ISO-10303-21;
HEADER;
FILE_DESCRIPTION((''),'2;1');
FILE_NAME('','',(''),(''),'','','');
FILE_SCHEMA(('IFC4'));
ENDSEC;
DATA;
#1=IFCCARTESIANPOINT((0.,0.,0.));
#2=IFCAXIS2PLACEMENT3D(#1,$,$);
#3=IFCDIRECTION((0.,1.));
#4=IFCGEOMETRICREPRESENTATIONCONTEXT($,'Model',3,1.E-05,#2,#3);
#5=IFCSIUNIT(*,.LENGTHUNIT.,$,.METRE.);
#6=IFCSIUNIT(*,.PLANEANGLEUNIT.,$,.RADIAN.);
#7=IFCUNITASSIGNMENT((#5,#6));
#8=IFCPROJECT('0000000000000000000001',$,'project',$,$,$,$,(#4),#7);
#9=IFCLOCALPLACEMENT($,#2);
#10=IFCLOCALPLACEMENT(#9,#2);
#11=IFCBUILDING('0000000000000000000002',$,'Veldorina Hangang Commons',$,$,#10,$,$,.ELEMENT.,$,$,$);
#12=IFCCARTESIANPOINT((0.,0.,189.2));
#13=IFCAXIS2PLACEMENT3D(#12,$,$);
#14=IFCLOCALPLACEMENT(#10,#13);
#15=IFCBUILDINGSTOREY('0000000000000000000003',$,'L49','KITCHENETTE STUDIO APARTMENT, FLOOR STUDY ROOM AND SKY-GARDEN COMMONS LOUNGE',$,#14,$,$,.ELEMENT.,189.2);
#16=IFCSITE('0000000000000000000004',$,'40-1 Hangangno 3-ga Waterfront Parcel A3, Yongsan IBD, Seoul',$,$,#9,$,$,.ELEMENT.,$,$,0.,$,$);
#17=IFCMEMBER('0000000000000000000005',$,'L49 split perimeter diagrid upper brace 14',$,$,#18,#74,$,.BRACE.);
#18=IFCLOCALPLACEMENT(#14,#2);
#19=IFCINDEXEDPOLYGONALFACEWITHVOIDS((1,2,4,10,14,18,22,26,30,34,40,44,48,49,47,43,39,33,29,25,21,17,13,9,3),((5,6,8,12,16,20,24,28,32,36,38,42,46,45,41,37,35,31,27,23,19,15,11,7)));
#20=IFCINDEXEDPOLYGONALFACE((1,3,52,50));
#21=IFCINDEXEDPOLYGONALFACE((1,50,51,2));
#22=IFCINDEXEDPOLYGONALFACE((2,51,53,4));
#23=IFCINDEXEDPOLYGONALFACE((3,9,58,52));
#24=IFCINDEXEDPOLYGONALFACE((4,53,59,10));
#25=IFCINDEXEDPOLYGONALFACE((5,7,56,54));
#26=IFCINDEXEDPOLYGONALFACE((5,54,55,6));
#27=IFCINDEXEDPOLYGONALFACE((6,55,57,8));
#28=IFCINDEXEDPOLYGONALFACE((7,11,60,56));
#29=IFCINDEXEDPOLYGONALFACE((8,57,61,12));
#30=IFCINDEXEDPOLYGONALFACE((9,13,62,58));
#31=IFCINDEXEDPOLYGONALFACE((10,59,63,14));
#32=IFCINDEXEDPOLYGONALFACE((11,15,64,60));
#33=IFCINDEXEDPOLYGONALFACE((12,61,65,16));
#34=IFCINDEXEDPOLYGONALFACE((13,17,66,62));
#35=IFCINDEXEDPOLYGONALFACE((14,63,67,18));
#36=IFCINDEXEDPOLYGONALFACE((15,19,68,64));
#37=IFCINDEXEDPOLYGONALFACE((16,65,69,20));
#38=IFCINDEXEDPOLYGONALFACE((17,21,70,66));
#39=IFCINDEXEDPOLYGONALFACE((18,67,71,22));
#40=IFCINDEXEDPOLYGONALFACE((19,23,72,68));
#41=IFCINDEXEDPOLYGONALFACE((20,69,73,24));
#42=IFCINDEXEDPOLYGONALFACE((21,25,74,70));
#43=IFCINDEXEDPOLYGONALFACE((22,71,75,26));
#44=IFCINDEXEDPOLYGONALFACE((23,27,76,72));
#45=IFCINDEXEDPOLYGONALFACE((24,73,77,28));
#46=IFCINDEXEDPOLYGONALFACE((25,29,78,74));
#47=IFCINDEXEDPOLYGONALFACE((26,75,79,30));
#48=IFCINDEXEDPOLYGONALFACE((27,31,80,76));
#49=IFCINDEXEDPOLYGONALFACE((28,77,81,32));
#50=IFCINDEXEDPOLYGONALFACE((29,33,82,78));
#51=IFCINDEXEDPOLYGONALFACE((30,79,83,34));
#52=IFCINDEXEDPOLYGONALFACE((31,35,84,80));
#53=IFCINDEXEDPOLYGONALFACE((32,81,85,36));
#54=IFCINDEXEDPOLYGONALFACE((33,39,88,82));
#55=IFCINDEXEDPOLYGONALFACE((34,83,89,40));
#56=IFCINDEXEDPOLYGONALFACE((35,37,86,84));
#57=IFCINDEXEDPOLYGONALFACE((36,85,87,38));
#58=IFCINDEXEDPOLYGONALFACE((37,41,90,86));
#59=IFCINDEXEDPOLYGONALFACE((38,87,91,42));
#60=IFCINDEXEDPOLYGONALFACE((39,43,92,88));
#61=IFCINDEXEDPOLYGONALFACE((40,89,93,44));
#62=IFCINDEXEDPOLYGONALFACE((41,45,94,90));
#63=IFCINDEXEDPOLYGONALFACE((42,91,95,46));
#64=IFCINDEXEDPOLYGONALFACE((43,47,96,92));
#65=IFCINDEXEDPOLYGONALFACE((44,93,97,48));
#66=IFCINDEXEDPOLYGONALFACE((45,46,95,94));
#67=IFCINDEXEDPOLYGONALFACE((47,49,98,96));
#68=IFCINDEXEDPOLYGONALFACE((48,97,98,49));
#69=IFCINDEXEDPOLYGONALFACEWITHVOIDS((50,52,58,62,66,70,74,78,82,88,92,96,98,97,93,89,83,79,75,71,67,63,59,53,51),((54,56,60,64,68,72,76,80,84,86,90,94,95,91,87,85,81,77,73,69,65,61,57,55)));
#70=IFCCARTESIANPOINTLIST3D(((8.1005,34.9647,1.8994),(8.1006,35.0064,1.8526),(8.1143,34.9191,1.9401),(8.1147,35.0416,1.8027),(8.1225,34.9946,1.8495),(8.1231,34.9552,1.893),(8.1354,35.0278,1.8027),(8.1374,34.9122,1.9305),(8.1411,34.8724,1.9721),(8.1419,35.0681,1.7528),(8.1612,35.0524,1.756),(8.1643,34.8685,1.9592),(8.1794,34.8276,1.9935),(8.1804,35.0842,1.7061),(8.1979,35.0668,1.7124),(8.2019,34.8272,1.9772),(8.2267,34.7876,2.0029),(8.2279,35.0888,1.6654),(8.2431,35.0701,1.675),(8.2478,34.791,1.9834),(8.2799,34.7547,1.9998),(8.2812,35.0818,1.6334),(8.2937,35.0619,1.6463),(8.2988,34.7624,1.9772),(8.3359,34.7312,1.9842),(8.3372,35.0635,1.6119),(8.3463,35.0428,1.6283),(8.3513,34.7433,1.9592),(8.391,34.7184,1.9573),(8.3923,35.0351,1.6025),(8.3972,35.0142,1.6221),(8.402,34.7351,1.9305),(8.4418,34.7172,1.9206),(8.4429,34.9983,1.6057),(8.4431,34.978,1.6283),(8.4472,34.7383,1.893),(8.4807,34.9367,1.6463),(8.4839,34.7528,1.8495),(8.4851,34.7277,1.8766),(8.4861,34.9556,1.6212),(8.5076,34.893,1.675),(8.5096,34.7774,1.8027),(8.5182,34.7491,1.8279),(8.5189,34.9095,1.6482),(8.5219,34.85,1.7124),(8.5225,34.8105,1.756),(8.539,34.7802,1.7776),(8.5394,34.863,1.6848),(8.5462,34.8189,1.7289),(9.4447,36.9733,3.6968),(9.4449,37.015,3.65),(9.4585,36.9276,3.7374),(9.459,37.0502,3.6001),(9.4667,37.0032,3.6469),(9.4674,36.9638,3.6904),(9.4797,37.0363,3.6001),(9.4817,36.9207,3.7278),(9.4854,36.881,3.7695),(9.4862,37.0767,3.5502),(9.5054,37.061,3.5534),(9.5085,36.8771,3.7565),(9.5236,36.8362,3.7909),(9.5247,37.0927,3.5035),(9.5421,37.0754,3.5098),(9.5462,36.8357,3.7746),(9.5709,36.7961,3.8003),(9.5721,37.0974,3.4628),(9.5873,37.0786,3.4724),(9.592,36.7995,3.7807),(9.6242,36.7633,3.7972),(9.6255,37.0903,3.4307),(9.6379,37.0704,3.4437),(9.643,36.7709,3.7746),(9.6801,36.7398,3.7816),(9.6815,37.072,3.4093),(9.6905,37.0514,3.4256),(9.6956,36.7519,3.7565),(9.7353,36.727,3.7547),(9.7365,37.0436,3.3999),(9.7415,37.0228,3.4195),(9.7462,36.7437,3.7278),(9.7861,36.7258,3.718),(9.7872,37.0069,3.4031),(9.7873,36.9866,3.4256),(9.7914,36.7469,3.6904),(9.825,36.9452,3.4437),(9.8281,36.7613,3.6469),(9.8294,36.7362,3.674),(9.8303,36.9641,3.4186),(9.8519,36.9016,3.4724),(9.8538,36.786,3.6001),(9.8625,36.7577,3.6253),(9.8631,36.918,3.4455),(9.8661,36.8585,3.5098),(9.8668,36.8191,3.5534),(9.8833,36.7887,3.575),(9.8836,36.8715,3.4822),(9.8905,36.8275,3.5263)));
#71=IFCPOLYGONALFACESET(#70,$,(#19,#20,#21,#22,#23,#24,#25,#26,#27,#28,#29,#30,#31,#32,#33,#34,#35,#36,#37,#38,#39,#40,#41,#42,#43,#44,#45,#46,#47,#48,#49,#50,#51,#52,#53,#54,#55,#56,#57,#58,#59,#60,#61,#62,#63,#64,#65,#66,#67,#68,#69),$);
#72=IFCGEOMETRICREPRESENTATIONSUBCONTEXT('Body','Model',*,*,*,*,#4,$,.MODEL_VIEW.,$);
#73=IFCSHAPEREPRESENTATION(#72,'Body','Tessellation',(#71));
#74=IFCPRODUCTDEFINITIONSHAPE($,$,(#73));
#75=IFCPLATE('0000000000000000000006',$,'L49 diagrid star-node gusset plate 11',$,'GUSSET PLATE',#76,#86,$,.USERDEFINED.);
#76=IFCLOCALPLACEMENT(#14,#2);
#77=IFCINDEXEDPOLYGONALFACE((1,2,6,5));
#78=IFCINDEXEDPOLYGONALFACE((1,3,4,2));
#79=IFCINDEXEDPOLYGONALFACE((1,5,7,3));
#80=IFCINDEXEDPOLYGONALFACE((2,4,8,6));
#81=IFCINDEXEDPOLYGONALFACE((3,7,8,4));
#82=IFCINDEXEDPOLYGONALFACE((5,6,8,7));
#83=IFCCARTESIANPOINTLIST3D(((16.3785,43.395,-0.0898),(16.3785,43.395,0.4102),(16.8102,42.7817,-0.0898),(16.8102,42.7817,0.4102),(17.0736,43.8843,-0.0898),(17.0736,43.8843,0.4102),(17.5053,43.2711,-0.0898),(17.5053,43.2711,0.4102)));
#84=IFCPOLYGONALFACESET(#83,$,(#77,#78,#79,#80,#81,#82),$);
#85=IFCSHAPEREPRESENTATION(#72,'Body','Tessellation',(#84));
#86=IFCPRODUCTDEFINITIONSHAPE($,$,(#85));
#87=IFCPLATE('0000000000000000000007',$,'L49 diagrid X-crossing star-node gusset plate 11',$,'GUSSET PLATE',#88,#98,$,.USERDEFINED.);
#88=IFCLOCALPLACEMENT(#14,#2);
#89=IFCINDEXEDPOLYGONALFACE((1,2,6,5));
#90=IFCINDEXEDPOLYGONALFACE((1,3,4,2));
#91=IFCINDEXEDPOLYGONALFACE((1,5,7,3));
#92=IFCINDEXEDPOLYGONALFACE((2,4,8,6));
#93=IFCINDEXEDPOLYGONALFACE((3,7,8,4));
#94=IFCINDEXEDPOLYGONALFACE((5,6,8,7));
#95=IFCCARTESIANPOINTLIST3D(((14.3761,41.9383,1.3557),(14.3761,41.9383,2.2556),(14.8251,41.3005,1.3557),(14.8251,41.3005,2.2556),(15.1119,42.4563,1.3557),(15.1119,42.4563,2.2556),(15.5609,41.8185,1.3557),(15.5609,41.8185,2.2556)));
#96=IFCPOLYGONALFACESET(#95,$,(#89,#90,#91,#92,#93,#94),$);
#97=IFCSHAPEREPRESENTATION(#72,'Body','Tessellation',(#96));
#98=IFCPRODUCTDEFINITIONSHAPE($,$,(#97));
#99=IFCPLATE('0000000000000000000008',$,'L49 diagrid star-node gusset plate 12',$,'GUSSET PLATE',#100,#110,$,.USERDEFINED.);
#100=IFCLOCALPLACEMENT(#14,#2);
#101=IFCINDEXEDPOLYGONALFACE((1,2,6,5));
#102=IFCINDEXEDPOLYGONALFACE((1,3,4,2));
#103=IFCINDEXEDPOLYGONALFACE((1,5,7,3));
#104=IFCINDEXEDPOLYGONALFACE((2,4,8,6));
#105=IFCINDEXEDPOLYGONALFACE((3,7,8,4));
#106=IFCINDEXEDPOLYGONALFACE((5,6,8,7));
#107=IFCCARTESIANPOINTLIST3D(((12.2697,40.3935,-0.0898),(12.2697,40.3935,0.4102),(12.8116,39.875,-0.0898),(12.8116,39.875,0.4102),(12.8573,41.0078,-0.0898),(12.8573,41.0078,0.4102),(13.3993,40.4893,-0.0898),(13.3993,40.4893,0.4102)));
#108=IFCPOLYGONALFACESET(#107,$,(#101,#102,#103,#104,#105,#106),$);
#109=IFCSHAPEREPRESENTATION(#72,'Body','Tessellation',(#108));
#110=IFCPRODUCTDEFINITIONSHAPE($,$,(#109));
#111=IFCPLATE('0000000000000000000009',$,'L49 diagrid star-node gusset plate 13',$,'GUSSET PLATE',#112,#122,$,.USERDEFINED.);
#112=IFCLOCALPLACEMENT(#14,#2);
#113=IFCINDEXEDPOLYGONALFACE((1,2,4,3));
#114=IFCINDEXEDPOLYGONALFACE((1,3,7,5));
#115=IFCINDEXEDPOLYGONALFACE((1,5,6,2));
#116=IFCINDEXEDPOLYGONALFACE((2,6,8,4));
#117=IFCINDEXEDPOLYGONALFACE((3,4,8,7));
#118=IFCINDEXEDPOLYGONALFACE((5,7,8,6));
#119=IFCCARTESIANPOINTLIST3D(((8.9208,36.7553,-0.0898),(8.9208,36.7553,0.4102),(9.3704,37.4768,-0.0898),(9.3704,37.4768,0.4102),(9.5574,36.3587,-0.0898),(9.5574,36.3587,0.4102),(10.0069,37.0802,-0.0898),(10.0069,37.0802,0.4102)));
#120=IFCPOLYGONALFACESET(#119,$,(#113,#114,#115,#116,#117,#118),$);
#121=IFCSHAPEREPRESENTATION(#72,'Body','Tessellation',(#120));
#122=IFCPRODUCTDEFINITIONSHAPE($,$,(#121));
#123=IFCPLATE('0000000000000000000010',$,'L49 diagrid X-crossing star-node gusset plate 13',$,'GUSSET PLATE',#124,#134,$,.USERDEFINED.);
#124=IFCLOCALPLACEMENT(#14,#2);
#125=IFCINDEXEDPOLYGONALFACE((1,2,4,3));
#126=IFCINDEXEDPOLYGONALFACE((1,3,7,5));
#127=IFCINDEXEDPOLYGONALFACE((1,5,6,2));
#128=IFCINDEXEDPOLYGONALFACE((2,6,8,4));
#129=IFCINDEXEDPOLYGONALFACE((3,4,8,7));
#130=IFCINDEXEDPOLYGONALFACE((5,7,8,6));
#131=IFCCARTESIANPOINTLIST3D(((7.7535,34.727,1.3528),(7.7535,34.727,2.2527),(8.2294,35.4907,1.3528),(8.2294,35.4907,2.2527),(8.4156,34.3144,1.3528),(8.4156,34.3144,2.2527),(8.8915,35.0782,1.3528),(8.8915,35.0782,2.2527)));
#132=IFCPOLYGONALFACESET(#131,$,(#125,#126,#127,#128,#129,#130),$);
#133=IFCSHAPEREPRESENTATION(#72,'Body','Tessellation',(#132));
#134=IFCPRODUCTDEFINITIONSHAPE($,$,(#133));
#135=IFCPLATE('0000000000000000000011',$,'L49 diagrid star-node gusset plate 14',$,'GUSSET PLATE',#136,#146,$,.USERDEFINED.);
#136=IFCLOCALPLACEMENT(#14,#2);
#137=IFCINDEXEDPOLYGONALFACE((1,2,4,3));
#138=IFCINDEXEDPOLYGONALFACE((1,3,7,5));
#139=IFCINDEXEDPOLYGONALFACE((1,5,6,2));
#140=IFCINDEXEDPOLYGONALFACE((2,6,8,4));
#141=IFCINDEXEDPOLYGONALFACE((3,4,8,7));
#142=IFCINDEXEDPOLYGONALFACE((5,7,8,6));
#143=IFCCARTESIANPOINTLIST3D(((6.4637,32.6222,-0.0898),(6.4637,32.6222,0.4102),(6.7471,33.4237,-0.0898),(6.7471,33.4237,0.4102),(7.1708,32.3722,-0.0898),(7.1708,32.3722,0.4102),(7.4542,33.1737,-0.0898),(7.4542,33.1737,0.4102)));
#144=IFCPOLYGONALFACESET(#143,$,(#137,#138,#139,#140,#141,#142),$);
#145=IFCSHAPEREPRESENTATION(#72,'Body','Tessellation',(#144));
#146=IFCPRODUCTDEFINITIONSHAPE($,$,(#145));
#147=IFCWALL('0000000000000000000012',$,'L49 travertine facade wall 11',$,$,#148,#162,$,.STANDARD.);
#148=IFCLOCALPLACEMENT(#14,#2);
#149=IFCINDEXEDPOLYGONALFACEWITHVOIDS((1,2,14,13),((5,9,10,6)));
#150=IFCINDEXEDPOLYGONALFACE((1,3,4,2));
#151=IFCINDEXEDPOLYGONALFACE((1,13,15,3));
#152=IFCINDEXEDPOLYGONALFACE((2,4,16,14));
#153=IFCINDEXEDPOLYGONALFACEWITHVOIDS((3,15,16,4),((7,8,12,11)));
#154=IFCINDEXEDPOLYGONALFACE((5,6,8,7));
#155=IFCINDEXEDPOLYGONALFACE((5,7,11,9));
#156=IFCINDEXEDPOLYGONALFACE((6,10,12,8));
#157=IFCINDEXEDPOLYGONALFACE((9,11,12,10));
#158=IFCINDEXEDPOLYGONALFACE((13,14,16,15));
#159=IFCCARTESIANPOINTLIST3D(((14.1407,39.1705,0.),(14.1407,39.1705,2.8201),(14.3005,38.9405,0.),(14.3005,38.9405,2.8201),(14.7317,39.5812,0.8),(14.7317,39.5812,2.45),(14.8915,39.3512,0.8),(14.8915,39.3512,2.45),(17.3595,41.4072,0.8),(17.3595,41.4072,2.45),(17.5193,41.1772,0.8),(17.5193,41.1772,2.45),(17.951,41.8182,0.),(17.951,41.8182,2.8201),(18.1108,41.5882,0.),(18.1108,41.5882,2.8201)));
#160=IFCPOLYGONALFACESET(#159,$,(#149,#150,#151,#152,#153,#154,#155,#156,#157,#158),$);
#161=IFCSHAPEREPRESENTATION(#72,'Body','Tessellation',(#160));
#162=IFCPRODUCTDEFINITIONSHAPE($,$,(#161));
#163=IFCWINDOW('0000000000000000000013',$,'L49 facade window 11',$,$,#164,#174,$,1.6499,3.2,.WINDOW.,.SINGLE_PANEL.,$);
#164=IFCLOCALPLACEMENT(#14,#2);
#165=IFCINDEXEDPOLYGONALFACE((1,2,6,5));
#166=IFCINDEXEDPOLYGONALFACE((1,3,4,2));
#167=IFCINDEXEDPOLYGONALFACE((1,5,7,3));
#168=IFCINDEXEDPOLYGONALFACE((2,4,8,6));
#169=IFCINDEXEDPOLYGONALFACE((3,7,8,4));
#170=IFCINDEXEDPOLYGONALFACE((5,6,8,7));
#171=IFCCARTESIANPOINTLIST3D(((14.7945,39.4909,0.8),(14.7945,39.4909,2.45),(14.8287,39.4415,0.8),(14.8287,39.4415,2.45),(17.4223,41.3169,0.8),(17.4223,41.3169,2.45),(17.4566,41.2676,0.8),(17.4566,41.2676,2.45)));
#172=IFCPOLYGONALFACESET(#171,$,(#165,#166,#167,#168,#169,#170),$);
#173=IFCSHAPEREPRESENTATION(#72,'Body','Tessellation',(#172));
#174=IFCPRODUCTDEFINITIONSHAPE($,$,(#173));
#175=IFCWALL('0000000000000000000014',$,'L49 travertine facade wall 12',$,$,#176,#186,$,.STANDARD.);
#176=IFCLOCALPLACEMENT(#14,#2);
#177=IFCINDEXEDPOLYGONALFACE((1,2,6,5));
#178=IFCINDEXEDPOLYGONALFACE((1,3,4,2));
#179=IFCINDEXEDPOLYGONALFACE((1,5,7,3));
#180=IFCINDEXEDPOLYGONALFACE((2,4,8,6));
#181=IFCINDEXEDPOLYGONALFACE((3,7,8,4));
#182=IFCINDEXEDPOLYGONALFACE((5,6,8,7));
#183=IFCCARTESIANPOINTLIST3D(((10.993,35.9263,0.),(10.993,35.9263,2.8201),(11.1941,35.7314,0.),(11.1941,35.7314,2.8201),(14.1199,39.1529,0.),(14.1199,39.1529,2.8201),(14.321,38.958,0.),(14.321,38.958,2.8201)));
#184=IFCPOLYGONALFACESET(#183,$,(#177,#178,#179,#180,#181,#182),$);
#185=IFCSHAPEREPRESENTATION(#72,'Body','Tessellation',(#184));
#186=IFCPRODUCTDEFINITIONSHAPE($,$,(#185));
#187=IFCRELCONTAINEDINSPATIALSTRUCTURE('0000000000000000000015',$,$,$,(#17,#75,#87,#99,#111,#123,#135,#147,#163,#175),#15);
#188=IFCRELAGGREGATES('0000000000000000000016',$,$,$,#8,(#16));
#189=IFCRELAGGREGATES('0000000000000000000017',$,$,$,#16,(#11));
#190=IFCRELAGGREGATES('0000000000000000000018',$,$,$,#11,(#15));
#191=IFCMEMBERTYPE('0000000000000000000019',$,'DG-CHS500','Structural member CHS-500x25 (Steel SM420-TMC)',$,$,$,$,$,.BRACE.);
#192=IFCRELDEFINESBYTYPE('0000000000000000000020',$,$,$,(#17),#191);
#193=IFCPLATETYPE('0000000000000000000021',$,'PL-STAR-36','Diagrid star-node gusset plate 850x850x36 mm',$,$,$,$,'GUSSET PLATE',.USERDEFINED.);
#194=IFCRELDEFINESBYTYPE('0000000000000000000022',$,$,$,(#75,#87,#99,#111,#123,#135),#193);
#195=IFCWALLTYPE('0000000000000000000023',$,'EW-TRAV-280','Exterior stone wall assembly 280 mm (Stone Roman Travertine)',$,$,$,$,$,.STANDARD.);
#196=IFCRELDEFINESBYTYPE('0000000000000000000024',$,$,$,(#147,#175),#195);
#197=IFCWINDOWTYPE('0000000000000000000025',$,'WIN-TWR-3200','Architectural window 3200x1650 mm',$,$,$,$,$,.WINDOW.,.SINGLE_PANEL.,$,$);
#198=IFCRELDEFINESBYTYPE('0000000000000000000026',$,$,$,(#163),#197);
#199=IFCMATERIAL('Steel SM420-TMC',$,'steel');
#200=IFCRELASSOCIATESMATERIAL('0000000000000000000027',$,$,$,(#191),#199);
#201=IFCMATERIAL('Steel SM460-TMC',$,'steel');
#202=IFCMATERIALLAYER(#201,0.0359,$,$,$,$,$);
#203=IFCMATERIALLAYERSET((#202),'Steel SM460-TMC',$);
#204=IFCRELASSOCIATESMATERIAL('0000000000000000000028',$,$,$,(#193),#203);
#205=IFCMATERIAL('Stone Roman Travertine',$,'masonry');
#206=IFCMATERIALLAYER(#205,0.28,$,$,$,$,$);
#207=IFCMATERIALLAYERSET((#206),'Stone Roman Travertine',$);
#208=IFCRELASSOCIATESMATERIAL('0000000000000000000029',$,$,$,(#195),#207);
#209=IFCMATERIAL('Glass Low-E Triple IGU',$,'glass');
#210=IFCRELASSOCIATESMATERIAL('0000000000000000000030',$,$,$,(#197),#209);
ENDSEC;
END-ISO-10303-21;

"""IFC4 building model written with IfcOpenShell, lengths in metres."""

from ifc_helpers import new_model, si_unit, direction, frame, frame_2d, origin, origin_2d, place, context, subcontext, project, spatial, rectangle, hollow_circle, extrude, material, layer, layer_set, material_profile, profile_set, type_object, element, fill, save


model = new_model("IFC4")

# Units and contexts
model_context = context("Model", 3, precision=1e-05, world=origin(), true_north=direction((0.0, 1.0)))
body_context = subcontext(model_context, "Body", "Model", "MODEL_VIEW")
ifc_project = project(units=[si_unit("LENGTHUNIT", "METRE"), si_unit("PLANEANGLEUNIT", "RADIAN")], contexts=[model_context])

# Site, building, storey
site_placement = place(None, origin())
site = spatial("IfcSite", under=ifc_project, at=site_placement, Name="40-1 Hangangno 3-ga Waterfront Parcel A3, Yongsan IBD, Seoul", CompositionType="ELEMENT", RefElevation=0.0)
building_placement = place(site_placement, origin())
building = spatial("IfcBuilding", under=site, at=building_placement, Name="Veldorina Hangang Commons", CompositionType="ELEMENT")
storey_placement = place(building_placement, frame((0.0, 0.0, 189.2)))
storey = spatial("IfcBuildingStorey", under=building, at=storey_placement, Name="L49", Description="KITCHENETTE STUDIO APARTMENT, FLOOR STUDY ROOM AND SKY-GARDEN COMMONS LOUNGE", CompositionType="ELEMENT", Elevation=189.2)

# Shared definitions
ifc_material_1 = material(Name="Steel SM420-TMC", Category="steel")

# Member
ifc_material_profile_1 = material_profile(ifc_material_1, hollow_circle(Radius=0.25, WallThickness=0.0249, at=origin_2d()), Name="CHS-500x25")
ifc_profile_set_1 = profile_set([ifc_material_profile_1], Name="Steel SM420-TMC")
member_type = type_object("IfcMemberType", Name="DG-CHS500", Description="Structural member CHS-500x25 (Steel SM420-TMC)", PredefinedType="BRACE", material=ifc_profile_set_1)
member_1_placement = place(storey_placement, frame((8.3225, 34.9026, 1.8027), z_axis=(0.446304, 0.666862, 0.596747), x_axis=(-0.831054, 0.556191, 0.0)))
element("IfcMember", 1, at=member_1_placement, inside=storey, type_object=member_type, Name="L49 split perimeter diagrid upper brace 14", PredefinedType="BRACE", context=body_context, shape_type="SweptSolid", body=[
    extrude(hollow_circle(Radius=0.25, WallThickness=0.0249, at=origin_2d()), origin(), (0.0, 0.0, 1.0), 3.012),
])

# Plates
ifc_material_2 = material(Name="Steel SM460-TMC", Category="steel")
ifc_layer_1 = layer(ifc_material_2, 0.0359)
ifc_layer_set_1 = layer_set([ifc_layer_1], Name="Steel SM460-TMC")
plate_type = type_object("IfcPlateType", Name="PL-STAR-36", Description="Diagrid star-node gusset plate 850x850x36 mm", ElementType="GUSSET PLATE", PredefinedType="USERDEFINED", material=ifc_layer_set_1)
plate_1_placement = place(storey_placement, frame((16.9419, 43.333, -0.0898), z_axis=(0.0, 0.0, 1.0), x_axis=(-0.817688, -0.575662, 0.0)))
element("IfcPlate", 2, at=plate_1_placement, inside=storey, type_object=plate_type, Name="L49 diagrid star-node gusset plate 11", ObjectType="GUSSET PLATE", PredefinedType="USERDEFINED", context=body_context, shape_type="SweptSolid", body=[
    extrude(rectangle(XDim=0.8501, YDim=0.75, at=origin_2d()), origin(), (0.0, 0.0, 1.0), 0.5),
])
plate_2_placement = place(storey_placement, frame((14.9685, 41.8784, 1.3557), z_axis=(0.0, 0.0, 1.0), x_axis=(-0.817688, -0.575662, 0.0)))
element("IfcPlate", 3, at=plate_2_placement, inside=storey, type_object=plate_type, Name="L49 diagrid X-crossing star-node gusset plate 11", ObjectType="GUSSET PLATE", PredefinedType="USERDEFINED", context=body_context, shape_type="SweptSolid", body=[
    extrude(rectangle(XDim=0.8999, YDim=0.78, at=origin_2d()), origin(), (0.0, 0.0, 1.0), 0.8999),
])
for number, where, z_axis, x_axis, name in (
    (4, (12.8345, 40.4414, -0.0898), (0.0, 0.0, 1.0), (-0.691261, -0.722605, 0.0), "L49 diagrid star-node gusset plate 12"),
    (5, (9.4639, 36.9177, -0.0898), (0.0, 0.0, 1.0), (-0.528838, -0.848723, 0.0), "L49 diagrid star-node gusset plate 13"),
):
    element("IfcPlate", number, at=place(storey_placement, frame(where, z_axis=z_axis, x_axis=x_axis)), inside=storey, type_object=plate_type, Name=name, ObjectType="GUSSET PLATE", PredefinedType="USERDEFINED", context=body_context, shape_type="SweptSolid", body=[
        extrude(rectangle(XDim=0.8501, YDim=0.75, at=origin_2d()), origin(), (0.0, 0.0, 1.0), 0.5),
    ])
plate_3_placement = place(storey_placement, frame((8.3225, 34.9026, 1.3528), z_axis=(0.0, 0.0, 1.0), x_axis=(-0.528838, -0.848723, 0.0)))
element("IfcPlate", 6, at=plate_3_placement, inside=storey, type_object=plate_type, Name="L49 diagrid X-crossing star-node gusset plate 13", ObjectType="GUSSET PLATE", PredefinedType="USERDEFINED", context=body_context, shape_type="SweptSolid", body=[
    extrude(rectangle(XDim=0.8999, YDim=0.78, at=origin_2d()), origin(), (0.0, 0.0, 1.0), 0.8999),
])
plate_4_placement = place(storey_placement, frame((6.959, 32.8979, -0.0898), z_axis=(0.0, 0.0, 1.0), x_axis=(-0.333379, -0.942793, 0.0)))
element("IfcPlate", 7, at=plate_4_placement, inside=storey, type_object=plate_type, Name="L49 diagrid star-node gusset plate 14", ObjectType="GUSSET PLATE", PredefinedType="USERDEFINED", context=body_context, shape_type="SweptSolid", body=[
    extrude(rectangle(XDim=0.8501, YDim=0.75, at=origin_2d()), origin(), (0.0, 0.0, 1.0), 0.5),
])

# Wall, opening, window
ifc_material_3 = material(Name="Stone Roman Travertine", Category="masonry")
ifc_layer_2 = layer(ifc_material_3, 0.28)
ifc_layer_set_2 = layer_set([ifc_layer_2], Name="Stone Roman Travertine")
wall_type_1 = type_object("IfcWallType", Name="EW-TRAV-280", Description="Exterior stone wall assembly 280 mm (Stone Roman Travertine)", PredefinedType="STANDARD", material=ifc_layer_set_2)
wall_1_placement = place(storey_placement, frame((18.0308, 41.7031, 0.0), z_axis=(0.0, 0.0, 1.0), x_axis=(-0.821202, -0.570637, 0.0)))
wall_1 = element("IfcWall", 8, at=wall_1_placement, inside=storey, type_object=wall_type_1, Name="L49 travertine facade wall 11", PredefinedType="STANDARD", context=body_context, shape_type="SweptSolid", body=[
    extrude(rectangle(XDim=4.6399, YDim=0.28, at=frame_2d((2.3198, 0.0))), origin(), (0.0, 0.0, 1.0), 2.8201),
])
opening_1_placement = place(wall_1_placement, frame((0.72, 0.0, 0.8)))
opening_1 = element("IfcOpeningElement", 9, at=opening_1_placement, cuts=wall_1, PredefinedType="OPENING", context=body_context, shape_type="SweptSolid", body=[
    extrude(rectangle(XDim=3.2, YDim=1.6499, at=frame_2d((1.6001, 0.825))), frame((0.0, 0.1499, 0.0), z_axis=(0.0, -1.0, 0.0), x_axis=(1.0, 0.0, 0.0)), (0.0, 0.0, 1.0), 0.3),
])
ifc_material_4 = material(Name="Glass Low-E Triple IGU", Category="glass")
window_type = type_object("IfcWindowType", Name="WIN-TWR-3200", Description="Architectural window 3200x1650 mm", PartitioningType="SINGLE_PANEL", PredefinedType="WINDOW", material=ifc_material_4)
window_placement = place(opening_1_placement, origin())
window = element("IfcWindow", 10, at=window_placement, inside=storey, type_object=window_type, Name="L49 facade window 11", OverallHeight=1.6499, OverallWidth=3.2, PartitioningType="SINGLE_PANEL", PredefinedType="WINDOW", context=body_context, shape_type="SweptSolid", body=[
    extrude(rectangle(XDim=3.2, YDim=1.6499, at=frame_2d((1.6001, 0.825))), frame((0.0, 0.03, 0.0), z_axis=(0.0, -1.0, 0.0), x_axis=(1.0, 0.0, 0.0)), (0.0, 0.0, 1.0), 0.0601),
])
fill(opening_1, window)

# Wall
wall_2_placement = place(storey_placement, frame((14.2205, 39.0554, 0.0), z_axis=(0.0, 0.0, 1.0), x_axis=(-0.695935, -0.718104, 0.0)))
element("IfcWall", 11, at=wall_2_placement, inside=storey, type_object=wall_type_1, Name="L49 travertine facade wall 12", PredefinedType="STANDARD", context=body_context, shape_type="SweptSolid", body=[
    extrude(rectangle(XDim=4.4932, YDim=0.28, at=frame_2d((2.2466, 0.0))), origin(), (0.0, 0.0, 1.0), 2.8201),
])

save(model, "model.ifc")
